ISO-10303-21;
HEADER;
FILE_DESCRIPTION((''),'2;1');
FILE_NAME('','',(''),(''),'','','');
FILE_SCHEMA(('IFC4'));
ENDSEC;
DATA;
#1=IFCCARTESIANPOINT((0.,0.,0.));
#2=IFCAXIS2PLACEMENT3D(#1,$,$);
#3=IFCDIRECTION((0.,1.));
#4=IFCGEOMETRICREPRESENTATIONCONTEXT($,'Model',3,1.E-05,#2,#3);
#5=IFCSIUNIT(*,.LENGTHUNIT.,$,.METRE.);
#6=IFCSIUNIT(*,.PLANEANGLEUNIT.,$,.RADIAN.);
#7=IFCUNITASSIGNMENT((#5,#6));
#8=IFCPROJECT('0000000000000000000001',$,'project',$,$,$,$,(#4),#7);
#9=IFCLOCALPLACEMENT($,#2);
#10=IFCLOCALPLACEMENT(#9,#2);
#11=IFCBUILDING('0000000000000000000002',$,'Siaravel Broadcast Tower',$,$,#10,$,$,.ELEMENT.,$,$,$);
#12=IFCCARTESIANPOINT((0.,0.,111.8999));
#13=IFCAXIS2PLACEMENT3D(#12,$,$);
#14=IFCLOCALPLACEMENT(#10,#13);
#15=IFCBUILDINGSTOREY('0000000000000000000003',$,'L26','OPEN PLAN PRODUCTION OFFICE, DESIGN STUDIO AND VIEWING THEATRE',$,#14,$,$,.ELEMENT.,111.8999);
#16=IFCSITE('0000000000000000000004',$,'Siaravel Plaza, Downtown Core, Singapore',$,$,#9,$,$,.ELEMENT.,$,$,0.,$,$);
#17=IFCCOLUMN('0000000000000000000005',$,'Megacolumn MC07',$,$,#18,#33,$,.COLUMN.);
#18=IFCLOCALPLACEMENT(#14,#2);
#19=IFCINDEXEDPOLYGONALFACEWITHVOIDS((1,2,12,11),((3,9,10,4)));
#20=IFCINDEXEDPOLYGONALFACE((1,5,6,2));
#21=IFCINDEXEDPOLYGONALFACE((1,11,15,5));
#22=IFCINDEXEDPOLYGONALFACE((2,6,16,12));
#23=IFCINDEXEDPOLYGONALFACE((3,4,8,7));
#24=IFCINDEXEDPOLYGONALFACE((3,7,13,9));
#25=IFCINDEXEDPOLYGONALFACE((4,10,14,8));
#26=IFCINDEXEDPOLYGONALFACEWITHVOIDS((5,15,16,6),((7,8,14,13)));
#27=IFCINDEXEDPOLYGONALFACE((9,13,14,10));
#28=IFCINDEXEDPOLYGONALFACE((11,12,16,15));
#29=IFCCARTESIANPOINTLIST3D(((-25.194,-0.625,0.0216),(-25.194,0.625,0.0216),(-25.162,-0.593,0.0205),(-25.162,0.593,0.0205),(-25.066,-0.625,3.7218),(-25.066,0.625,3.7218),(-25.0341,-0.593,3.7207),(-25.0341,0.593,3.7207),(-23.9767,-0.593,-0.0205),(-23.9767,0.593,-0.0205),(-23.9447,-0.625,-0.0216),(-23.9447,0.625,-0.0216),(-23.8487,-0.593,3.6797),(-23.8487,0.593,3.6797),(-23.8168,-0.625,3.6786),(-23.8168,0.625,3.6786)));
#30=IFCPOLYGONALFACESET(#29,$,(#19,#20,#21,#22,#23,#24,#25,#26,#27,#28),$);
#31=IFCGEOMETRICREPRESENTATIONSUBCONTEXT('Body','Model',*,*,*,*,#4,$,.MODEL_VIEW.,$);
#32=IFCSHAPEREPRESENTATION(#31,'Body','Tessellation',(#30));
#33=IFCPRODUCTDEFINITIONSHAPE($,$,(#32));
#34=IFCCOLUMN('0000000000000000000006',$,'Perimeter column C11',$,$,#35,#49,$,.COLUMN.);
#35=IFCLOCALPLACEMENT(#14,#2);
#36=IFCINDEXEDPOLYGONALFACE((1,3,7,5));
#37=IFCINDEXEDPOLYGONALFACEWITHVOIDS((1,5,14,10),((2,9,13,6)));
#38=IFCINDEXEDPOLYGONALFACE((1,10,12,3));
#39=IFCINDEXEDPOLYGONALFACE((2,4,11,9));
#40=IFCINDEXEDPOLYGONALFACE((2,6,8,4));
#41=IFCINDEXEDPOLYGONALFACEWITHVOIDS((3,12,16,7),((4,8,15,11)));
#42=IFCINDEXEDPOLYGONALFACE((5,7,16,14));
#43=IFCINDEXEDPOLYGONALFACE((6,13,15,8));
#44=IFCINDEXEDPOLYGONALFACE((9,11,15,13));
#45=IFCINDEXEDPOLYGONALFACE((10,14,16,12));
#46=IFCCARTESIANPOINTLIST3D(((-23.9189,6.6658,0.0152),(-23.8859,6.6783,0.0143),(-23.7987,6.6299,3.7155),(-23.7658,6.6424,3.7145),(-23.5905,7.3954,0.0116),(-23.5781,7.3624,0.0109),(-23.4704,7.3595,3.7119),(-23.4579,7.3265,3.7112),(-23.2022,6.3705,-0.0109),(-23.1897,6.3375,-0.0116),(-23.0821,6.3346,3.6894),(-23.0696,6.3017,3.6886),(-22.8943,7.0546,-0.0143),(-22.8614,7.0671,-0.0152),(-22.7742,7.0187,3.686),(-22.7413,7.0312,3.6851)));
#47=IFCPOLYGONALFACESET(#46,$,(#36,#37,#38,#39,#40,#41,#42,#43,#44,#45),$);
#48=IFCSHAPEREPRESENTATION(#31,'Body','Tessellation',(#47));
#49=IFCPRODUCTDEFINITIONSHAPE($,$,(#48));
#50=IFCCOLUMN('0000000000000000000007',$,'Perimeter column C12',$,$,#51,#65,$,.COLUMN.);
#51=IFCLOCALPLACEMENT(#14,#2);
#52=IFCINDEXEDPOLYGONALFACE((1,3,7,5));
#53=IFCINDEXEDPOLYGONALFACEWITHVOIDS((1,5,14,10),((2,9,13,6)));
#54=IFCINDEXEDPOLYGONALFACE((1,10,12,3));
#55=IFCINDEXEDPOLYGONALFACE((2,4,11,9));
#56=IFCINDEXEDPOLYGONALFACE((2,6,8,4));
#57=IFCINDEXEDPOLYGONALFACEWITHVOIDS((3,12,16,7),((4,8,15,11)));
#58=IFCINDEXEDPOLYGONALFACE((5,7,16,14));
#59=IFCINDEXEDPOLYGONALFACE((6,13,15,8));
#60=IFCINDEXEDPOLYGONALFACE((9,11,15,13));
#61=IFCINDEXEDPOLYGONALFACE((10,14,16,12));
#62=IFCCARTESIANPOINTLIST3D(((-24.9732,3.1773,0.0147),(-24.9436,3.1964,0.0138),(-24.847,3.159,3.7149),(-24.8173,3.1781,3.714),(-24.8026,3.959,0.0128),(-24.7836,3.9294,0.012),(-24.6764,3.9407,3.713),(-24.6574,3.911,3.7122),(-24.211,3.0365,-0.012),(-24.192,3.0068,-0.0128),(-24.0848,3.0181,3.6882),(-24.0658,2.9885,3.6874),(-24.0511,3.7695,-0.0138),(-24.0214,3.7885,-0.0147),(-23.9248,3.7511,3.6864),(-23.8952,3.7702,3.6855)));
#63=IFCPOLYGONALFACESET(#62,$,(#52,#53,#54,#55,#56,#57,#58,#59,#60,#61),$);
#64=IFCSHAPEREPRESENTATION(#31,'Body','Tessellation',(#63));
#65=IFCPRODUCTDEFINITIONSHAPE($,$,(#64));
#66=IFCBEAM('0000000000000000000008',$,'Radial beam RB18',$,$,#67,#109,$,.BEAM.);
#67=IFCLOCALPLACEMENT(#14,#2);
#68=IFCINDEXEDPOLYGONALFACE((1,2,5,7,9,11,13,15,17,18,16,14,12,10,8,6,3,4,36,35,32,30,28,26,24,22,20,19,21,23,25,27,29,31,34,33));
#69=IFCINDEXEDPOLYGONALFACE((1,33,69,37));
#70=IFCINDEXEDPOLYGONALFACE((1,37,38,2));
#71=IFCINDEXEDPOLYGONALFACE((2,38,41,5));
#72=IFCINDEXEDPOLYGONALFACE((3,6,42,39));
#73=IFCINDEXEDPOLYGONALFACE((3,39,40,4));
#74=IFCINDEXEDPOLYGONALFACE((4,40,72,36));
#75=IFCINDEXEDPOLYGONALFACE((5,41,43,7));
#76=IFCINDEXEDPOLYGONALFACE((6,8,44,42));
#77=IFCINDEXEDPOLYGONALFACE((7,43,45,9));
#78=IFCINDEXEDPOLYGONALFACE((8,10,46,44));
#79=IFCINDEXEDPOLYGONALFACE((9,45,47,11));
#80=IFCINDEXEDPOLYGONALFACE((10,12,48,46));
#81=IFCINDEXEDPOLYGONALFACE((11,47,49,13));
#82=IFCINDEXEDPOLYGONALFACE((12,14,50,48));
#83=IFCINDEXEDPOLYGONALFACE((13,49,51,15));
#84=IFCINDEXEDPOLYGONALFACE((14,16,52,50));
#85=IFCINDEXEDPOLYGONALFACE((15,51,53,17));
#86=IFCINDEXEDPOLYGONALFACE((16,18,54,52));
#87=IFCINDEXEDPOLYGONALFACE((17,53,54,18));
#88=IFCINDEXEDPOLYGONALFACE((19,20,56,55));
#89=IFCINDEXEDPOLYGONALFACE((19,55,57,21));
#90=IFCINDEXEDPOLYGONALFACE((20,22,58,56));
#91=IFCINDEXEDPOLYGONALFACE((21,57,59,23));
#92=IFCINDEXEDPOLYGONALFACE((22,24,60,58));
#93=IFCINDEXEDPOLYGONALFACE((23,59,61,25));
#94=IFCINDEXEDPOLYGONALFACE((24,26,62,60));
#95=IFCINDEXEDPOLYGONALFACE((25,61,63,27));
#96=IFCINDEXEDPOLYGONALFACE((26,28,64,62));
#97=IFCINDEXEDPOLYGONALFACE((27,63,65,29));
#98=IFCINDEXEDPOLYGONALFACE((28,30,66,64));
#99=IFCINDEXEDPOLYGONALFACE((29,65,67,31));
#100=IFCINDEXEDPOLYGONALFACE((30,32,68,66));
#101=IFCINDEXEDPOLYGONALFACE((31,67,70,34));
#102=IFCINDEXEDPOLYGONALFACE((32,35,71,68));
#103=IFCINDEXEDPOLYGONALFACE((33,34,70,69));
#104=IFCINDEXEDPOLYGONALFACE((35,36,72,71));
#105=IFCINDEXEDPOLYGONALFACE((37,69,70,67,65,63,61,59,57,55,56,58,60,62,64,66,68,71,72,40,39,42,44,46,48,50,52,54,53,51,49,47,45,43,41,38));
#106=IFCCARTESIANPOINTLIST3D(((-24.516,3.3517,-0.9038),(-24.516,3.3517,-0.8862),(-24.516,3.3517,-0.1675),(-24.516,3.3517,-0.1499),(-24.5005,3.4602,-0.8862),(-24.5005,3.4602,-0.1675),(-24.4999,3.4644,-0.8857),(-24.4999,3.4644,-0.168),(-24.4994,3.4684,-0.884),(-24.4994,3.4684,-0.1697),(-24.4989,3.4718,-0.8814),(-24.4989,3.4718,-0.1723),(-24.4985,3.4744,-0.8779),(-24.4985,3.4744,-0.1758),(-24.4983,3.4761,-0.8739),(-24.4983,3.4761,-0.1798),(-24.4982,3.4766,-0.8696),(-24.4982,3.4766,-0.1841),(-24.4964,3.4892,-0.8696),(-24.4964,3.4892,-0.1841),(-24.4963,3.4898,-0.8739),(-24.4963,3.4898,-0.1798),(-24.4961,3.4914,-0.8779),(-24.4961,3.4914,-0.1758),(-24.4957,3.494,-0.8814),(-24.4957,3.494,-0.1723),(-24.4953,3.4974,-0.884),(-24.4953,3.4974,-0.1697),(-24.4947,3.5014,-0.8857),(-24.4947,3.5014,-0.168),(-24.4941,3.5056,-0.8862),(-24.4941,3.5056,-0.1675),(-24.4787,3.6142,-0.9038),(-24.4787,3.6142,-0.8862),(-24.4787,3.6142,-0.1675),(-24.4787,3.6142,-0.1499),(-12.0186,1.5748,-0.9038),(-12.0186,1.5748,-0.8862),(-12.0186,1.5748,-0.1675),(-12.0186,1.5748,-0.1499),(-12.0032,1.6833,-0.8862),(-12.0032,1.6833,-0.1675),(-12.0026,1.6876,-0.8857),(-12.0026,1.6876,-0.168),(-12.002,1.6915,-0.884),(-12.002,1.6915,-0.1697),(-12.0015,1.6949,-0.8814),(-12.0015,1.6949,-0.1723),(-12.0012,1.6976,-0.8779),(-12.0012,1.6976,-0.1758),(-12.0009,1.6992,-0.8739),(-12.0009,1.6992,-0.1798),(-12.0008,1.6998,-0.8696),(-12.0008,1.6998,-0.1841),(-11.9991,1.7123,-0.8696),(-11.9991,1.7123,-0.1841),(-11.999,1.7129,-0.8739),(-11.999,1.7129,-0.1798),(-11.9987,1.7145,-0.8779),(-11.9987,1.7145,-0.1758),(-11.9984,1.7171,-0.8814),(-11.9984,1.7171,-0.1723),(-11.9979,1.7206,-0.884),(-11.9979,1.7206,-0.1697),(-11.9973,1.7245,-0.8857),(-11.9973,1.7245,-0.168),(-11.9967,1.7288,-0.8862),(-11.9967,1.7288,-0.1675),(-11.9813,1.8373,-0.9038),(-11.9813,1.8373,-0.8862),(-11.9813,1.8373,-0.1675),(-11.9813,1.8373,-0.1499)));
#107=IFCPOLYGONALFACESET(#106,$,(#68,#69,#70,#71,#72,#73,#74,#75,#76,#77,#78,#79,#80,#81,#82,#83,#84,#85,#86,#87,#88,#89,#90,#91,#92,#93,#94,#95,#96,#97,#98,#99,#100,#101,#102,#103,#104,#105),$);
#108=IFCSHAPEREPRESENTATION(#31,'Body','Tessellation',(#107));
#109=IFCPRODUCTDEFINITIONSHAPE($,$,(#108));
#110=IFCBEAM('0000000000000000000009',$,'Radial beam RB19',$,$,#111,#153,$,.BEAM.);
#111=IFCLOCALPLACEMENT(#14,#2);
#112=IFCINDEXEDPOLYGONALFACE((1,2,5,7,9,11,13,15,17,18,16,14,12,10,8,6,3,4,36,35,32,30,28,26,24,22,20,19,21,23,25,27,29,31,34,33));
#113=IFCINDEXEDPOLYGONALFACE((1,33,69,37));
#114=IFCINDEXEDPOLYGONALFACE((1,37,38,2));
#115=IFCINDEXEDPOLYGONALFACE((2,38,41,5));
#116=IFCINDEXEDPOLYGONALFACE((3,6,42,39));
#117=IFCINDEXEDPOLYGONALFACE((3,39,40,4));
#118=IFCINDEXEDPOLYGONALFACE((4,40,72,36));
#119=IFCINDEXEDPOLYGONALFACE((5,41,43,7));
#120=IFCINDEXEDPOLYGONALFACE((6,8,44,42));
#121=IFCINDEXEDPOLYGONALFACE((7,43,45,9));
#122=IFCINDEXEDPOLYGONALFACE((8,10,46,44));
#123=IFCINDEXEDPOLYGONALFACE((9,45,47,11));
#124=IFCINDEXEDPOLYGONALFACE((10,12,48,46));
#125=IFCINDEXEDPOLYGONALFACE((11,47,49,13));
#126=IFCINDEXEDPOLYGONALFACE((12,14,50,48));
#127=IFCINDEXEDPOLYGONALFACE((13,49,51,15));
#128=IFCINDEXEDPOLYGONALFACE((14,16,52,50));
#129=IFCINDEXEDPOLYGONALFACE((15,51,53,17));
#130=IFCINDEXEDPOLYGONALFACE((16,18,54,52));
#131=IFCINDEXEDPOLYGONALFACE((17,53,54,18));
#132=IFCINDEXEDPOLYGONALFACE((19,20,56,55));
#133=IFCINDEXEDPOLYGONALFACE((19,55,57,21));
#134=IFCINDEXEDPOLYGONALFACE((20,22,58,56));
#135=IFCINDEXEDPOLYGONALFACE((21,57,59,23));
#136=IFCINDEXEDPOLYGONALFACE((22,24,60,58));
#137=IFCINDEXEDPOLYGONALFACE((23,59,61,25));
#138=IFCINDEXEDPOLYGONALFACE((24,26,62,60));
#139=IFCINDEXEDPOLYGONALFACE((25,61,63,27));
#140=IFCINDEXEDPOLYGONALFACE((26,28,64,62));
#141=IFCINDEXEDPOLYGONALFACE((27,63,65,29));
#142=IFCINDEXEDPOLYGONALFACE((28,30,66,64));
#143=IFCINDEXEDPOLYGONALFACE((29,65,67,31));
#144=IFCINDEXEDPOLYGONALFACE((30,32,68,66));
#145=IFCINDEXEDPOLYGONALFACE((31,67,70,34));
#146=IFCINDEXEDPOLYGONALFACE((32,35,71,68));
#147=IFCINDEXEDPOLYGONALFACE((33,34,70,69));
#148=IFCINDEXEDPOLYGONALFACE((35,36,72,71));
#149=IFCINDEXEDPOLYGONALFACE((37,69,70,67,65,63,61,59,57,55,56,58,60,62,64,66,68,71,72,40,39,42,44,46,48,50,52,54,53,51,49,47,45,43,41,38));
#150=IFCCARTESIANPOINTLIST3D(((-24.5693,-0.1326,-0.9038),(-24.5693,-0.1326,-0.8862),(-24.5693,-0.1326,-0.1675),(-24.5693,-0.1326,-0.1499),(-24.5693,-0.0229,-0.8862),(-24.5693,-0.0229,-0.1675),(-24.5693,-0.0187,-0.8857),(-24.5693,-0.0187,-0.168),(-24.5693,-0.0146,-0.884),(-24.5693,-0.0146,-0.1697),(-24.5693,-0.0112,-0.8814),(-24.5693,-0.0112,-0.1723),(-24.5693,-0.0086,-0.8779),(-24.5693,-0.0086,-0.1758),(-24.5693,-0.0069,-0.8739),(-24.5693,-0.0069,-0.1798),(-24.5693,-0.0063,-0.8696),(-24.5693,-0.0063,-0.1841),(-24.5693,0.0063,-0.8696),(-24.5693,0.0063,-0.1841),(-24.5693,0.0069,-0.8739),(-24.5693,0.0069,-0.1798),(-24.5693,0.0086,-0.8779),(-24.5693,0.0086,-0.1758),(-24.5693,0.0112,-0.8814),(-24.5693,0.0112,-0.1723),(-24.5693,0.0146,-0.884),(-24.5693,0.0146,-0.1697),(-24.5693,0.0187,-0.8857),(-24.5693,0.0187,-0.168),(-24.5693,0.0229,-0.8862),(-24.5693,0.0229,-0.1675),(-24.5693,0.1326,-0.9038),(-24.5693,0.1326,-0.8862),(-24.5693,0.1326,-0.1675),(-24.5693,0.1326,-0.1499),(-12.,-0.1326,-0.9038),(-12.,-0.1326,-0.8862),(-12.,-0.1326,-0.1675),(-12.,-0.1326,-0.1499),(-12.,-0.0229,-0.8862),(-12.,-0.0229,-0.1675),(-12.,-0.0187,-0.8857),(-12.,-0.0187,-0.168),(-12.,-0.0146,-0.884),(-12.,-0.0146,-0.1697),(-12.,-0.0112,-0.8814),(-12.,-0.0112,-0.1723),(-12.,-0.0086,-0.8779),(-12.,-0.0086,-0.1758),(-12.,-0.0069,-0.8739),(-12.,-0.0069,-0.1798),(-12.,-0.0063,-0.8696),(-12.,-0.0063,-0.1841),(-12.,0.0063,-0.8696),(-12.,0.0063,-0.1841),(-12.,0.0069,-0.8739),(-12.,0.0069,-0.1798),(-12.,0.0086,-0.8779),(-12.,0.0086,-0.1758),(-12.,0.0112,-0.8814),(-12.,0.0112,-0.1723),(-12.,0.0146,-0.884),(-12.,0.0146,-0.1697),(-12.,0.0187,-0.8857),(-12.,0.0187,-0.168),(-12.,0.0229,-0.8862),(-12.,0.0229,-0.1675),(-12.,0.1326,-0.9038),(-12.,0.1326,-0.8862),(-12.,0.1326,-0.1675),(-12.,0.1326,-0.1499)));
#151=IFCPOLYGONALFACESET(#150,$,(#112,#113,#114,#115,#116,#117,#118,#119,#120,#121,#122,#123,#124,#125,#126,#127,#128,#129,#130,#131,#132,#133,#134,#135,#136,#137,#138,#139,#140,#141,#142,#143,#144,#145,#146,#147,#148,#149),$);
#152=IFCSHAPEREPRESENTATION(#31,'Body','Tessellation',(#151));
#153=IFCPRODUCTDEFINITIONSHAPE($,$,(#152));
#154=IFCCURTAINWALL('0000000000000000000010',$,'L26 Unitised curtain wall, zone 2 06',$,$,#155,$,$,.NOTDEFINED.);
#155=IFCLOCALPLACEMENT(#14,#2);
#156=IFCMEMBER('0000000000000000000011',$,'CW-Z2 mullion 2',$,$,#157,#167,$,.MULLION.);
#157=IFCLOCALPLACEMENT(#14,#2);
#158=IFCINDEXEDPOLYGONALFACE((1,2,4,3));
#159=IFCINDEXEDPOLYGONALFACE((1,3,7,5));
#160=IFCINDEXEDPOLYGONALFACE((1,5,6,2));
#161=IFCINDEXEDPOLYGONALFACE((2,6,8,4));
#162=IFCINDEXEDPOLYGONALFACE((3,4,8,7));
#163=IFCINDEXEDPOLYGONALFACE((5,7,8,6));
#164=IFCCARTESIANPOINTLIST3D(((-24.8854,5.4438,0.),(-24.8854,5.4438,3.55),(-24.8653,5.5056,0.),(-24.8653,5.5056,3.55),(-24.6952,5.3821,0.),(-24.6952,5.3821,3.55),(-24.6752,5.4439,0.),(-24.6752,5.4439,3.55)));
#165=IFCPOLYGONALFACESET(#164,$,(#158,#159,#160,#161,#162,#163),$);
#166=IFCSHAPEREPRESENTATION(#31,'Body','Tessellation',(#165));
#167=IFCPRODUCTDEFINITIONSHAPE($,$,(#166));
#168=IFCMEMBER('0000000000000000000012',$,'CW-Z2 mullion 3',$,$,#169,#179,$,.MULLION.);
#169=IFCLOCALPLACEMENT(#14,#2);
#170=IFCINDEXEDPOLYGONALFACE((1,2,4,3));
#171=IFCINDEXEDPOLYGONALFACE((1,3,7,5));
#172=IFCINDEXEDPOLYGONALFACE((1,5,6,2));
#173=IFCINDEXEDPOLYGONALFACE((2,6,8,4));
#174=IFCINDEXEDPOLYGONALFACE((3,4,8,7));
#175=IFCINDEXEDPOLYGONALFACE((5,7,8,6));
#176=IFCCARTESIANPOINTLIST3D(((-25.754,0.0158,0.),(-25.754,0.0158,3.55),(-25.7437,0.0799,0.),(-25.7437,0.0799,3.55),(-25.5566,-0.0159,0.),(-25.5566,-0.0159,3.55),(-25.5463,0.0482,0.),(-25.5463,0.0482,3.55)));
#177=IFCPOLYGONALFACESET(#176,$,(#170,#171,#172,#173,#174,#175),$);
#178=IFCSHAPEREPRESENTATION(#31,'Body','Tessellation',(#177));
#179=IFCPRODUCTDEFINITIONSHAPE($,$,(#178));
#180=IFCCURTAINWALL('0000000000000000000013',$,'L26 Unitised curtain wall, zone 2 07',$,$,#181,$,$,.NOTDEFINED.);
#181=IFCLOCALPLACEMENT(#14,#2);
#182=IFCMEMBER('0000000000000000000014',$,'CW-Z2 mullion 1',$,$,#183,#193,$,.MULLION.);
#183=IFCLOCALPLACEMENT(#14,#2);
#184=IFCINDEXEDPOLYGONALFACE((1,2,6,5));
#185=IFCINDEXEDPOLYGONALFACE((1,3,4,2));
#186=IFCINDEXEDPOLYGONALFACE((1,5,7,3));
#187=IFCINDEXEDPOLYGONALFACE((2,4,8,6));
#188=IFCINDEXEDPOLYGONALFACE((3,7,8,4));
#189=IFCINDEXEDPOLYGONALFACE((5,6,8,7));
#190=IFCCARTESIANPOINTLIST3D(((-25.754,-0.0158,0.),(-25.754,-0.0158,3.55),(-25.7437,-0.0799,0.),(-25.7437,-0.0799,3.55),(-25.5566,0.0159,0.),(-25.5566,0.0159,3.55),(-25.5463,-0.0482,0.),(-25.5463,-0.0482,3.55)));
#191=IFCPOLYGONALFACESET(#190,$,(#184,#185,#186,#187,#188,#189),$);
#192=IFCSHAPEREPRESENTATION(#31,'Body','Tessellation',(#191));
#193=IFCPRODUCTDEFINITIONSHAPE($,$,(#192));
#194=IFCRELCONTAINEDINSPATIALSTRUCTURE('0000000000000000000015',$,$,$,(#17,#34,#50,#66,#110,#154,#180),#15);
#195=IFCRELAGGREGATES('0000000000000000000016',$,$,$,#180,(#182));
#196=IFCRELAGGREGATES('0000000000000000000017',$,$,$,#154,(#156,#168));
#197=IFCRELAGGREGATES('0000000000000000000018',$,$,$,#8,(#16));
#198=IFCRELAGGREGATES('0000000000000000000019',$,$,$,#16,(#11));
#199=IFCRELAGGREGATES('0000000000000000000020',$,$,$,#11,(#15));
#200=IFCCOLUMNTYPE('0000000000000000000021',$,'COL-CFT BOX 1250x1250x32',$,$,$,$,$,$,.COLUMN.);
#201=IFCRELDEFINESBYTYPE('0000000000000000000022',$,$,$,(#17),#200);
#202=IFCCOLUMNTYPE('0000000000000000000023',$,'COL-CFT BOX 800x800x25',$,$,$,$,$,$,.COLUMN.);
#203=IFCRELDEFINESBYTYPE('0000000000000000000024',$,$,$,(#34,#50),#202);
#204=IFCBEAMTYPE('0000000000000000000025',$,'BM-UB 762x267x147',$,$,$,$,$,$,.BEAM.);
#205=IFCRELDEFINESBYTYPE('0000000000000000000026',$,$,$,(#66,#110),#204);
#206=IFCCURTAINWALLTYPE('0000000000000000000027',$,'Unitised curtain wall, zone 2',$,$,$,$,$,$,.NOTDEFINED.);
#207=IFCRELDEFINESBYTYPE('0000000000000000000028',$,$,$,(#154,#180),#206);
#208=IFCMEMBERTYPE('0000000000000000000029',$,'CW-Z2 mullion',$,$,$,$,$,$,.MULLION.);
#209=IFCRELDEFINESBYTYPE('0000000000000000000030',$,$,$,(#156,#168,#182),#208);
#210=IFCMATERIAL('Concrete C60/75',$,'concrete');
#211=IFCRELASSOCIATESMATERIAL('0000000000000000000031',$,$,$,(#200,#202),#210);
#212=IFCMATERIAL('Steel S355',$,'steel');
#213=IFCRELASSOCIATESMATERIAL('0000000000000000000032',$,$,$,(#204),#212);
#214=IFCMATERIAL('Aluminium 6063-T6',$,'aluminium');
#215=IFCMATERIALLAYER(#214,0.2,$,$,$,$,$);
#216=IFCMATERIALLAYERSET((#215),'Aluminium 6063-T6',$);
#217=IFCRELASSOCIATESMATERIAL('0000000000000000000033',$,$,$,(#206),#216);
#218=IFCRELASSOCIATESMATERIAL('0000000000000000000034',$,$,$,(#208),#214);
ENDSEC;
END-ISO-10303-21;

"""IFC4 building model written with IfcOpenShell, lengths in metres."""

from ifc_helpers import new_model, si_unit, direction, frame, origin, origin_2d, place, context, subcontext, project, spatial, rectangle, hollow_rectangle, i_section, extrude, material, layer, layer_set, material_profile, profile_set, type_object, element, aggregate, save


model = new_model("IFC4")

# Units and contexts
model_context = context("Model", 3, precision=1e-05, world=origin(), true_north=direction((0.0, 1.0)))
body_context = subcontext(model_context, "Body", "Model", "MODEL_VIEW")
ifc_project = project(units=[si_unit("LENGTHUNIT", "METRE"), si_unit("PLANEANGLEUNIT", "RADIAN")], contexts=[model_context])

# Site, building, storey
site_placement = place(None, origin())
site = spatial("IfcSite", under=ifc_project, at=site_placement, Name="Siaravel Plaza, Downtown Core, Singapore", CompositionType="ELEMENT", RefElevation=0.0)
building_placement = place(site_placement, origin())
building = spatial("IfcBuilding", under=site, at=building_placement, Name="Siaravel Broadcast Tower", CompositionType="ELEMENT")
storey_placement = place(building_placement, frame((0.0, 0.0, 111.8999)))
storey = spatial("IfcBuildingStorey", under=building, at=storey_placement, Name="L26", Description="OPEN PLAN PRODUCTION OFFICE, DESIGN STUDIO AND VIEWING THEATRE", CompositionType="ELEMENT", Elevation=111.8999)

# Columns
ifc_material_1 = material(Name="Concrete C60/75", Category="concrete")
ifc_material_profile_1 = material_profile(ifc_material_1, hollow_rectangle(XDim=1.25, YDim=1.25, WallThickness=0.032, at=origin_2d()))
ifc_profile_set_1 = profile_set([ifc_material_profile_1], Name="Concrete C60/75")
column_type_1 = type_object("IfcColumnType", Name="COL-CFT BOX 1250x1250x32", PredefinedType="COLUMN", material=ifc_profile_set_1)
column_placement = place(storey_placement, frame((-24.5693, 0.0, 0.0), z_axis=(0.034553, 0.0, 0.999403), x_axis=(0.0, 1.0, 0.0)))
element("IfcColumn", 1, at=column_placement, inside=storey, type_object=column_type_1, Name="Megacolumn MC07", PredefinedType="COLUMN", context=body_context, shape_type="SweptSolid", body=[
    extrude(hollow_rectangle(XDim=1.25, YDim=1.25, WallThickness=0.032, at=origin_2d()), origin(), (0.0, 0.0, 1.0), 3.7024),
])
ifc_material_profile_2 = material_profile(ifc_material_1, hollow_rectangle(XDim=0.8, YDim=0.8, WallThickness=0.0249, at=origin_2d()))
ifc_profile_set_2 = profile_set([ifc_material_profile_2], Name="Concrete C60/75")
column_type_2 = type_object("IfcColumnType", Name="COL-CFT BOX 800x800x25", PredefinedType="COLUMN", material=ifc_profile_set_2)
for number, where, z_axis, x_axis, name in (
    (2, (-23.3901, 6.8665, 0.0), (0.032444, -0.009694, 0.999427), (0.410378, 0.911905, -0.004477), "Perimeter column C11"),
    (3, (-24.4973, 3.4829, 0.0), (0.034092, -0.004946, 0.999406), (0.21318, 0.97701, -0.002437), "Perimeter column C12"),
):
    element("IfcColumn", number, at=place(storey_placement, frame(where, z_axis=z_axis, x_axis=x_axis)), inside=storey, type_object=column_type_2, Name=name, PredefinedType="COLUMN", context=body_context, shape_type="SweptSolid", body=[
        extrude(hollow_rectangle(XDim=0.8, YDim=0.8, WallThickness=0.0249, at=origin_2d()), origin(), (0.0, 0.0, 1.0), 3.7024),
    ])

# Beams
ifc_material_2 = material(Name="Steel S355", Category="steel")
ifc_material_profile_3 = material_profile(ifc_material_2, i_section(OverallWidth=0.2651, OverallDepth=0.7539, WebThickness=0.0127, FlangeThickness=0.0176, FilletRadius=0.0166, at=origin_2d()))
ifc_profile_set_3 = profile_set([ifc_material_profile_3], Name="Steel S355")
beam_type = type_object("IfcBeamType", Name="BM-UB 762x267x147", PredefinedType="BEAM", material=ifc_profile_set_3)
beam_1_placement = place(storey_placement, frame((-24.4973, 3.4829, -0.5269), z_axis=(0.990043, -0.140763, 0.0), x_axis=(0.140763, 0.990043, 0.0)))
element("IfcBeam", 4, at=beam_1_placement, inside=storey, type_object=beam_type, Name="Radial beam RB18", PredefinedType="BEAM", context=body_context, shape_type="SweptSolid", body=[
    extrude(i_section(OverallWidth=0.2651, OverallDepth=0.7539, WebThickness=0.0127, FlangeThickness=0.0176, FilletRadius=0.0166, at=origin_2d()), origin(), (0.0, 0.0, 1.0), 12.623),
])
beam_2_placement = place(storey_placement, frame((-24.5693, 0.0, -0.5269), z_axis=(1.0, 0.0, 0.0), x_axis=(0.0, 1.0, 0.0)))
element("IfcBeam", 5, at=beam_2_placement, inside=storey, type_object=beam_type, Name="Radial beam RB19", PredefinedType="BEAM", context=body_context, shape_type="SweptSolid", body=[
    extrude(i_section(OverallWidth=0.2651, OverallDepth=0.7539, WebThickness=0.0127, FlangeThickness=0.0176, FilletRadius=0.0166, at=origin_2d()), origin(), (0.0, 0.0, 1.0), 12.5693),
])

# Curtain wall, members
ifc_material_3 = material(Name="Aluminium 6063-T6", Category="aluminium")
ifc_layer_1 = layer(ifc_material_3, 0.2)
ifc_layer_set_1 = layer_set([ifc_layer_1], Name="Aluminium 6063-T6")
curtain_wall_type = type_object("IfcCurtainWallType", Name="Unitised curtain wall, zone 2", PredefinedType="NOTDEFINED", material=ifc_layer_set_1)
curtain_wall_1_placement = place(storey_placement, origin())
curtain_wall_1 = element("IfcCurtainWall", 6, at=curtain_wall_1_placement, inside=storey, type_object=curtain_wall_type, Name="L26 Unitised curtain wall, zone 2 06", PredefinedType="NOTDEFINED")
ifc_material_profile_4 = material_profile(ifc_material_3, rectangle(XDim=0.2, YDim=0.0649, at=origin_2d()))
ifc_profile_set_4 = profile_set([ifc_material_profile_4], Name="Aluminium 6063-T6")
member_type_1 = type_object("IfcMemberType", Name="CW-Z2 mullion", PredefinedType="MULLION", material=ifc_profile_set_4)
member_1_placement = place(storey_placement, frame((-24.7803, 5.4438, 0.0), z_axis=(0.0, 0.0, 1.0), x_axis=(0.951177, -0.308646, 0.0)))
member_1 = element("IfcMember", 7, at=member_1_placement, type_object=member_type_1, Name="CW-Z2 mullion 2", PredefinedType="MULLION", context=body_context, shape_type="SweptSolid", body=[
    extrude(rectangle(XDim=0.2, YDim=0.0649, at=origin_2d()), origin(), (0.0, 0.0, 1.0), 3.55),
])
member_2_placement = place(storey_placement, frame((-25.6501, 0.032, 0.0), z_axis=(0.0, 0.0, 1.0), x_axis=(0.987329, -0.158686, 0.0)))
member_2 = element("IfcMember", 8, at=member_2_placement, type_object=member_type_1, Name="CW-Z2 mullion 3", PredefinedType="MULLION", context=body_context, shape_type="SweptSolid", body=[
    extrude(rectangle(XDim=0.2, YDim=0.0649, at=origin_2d()), origin(), (0.0, 0.0, 1.0), 3.55),
])

# Curtain wall, member
curtain_wall_2_placement = place(storey_placement, origin())
curtain_wall_2 = element("IfcCurtainWall", 9, at=curtain_wall_2_placement, inside=storey, type_object=curtain_wall_type, Name="L26 Unitised curtain wall, zone 2 07", PredefinedType="NOTDEFINED")
member_3_placement = place(storey_placement, frame((-25.6501, -0.032, 0.0), z_axis=(0.0, 0.0, 1.0), x_axis=(0.987329, 0.158686, 0.0)))
member_3 = element("IfcMember", 10, at=member_3_placement, type_object=member_type_1, Name="CW-Z2 mullion 1", PredefinedType="MULLION", context=body_context, shape_type="SweptSolid", body=[
    extrude(rectangle(XDim=0.2, YDim=0.0649, at=origin_2d()), origin(), (0.0, 0.0, 1.0), 3.55),
])

aggregate(curtain_wall_2, [member_3])

aggregate(curtain_wall_1, [member_1, member_2])

save(model, "model.ifc")
